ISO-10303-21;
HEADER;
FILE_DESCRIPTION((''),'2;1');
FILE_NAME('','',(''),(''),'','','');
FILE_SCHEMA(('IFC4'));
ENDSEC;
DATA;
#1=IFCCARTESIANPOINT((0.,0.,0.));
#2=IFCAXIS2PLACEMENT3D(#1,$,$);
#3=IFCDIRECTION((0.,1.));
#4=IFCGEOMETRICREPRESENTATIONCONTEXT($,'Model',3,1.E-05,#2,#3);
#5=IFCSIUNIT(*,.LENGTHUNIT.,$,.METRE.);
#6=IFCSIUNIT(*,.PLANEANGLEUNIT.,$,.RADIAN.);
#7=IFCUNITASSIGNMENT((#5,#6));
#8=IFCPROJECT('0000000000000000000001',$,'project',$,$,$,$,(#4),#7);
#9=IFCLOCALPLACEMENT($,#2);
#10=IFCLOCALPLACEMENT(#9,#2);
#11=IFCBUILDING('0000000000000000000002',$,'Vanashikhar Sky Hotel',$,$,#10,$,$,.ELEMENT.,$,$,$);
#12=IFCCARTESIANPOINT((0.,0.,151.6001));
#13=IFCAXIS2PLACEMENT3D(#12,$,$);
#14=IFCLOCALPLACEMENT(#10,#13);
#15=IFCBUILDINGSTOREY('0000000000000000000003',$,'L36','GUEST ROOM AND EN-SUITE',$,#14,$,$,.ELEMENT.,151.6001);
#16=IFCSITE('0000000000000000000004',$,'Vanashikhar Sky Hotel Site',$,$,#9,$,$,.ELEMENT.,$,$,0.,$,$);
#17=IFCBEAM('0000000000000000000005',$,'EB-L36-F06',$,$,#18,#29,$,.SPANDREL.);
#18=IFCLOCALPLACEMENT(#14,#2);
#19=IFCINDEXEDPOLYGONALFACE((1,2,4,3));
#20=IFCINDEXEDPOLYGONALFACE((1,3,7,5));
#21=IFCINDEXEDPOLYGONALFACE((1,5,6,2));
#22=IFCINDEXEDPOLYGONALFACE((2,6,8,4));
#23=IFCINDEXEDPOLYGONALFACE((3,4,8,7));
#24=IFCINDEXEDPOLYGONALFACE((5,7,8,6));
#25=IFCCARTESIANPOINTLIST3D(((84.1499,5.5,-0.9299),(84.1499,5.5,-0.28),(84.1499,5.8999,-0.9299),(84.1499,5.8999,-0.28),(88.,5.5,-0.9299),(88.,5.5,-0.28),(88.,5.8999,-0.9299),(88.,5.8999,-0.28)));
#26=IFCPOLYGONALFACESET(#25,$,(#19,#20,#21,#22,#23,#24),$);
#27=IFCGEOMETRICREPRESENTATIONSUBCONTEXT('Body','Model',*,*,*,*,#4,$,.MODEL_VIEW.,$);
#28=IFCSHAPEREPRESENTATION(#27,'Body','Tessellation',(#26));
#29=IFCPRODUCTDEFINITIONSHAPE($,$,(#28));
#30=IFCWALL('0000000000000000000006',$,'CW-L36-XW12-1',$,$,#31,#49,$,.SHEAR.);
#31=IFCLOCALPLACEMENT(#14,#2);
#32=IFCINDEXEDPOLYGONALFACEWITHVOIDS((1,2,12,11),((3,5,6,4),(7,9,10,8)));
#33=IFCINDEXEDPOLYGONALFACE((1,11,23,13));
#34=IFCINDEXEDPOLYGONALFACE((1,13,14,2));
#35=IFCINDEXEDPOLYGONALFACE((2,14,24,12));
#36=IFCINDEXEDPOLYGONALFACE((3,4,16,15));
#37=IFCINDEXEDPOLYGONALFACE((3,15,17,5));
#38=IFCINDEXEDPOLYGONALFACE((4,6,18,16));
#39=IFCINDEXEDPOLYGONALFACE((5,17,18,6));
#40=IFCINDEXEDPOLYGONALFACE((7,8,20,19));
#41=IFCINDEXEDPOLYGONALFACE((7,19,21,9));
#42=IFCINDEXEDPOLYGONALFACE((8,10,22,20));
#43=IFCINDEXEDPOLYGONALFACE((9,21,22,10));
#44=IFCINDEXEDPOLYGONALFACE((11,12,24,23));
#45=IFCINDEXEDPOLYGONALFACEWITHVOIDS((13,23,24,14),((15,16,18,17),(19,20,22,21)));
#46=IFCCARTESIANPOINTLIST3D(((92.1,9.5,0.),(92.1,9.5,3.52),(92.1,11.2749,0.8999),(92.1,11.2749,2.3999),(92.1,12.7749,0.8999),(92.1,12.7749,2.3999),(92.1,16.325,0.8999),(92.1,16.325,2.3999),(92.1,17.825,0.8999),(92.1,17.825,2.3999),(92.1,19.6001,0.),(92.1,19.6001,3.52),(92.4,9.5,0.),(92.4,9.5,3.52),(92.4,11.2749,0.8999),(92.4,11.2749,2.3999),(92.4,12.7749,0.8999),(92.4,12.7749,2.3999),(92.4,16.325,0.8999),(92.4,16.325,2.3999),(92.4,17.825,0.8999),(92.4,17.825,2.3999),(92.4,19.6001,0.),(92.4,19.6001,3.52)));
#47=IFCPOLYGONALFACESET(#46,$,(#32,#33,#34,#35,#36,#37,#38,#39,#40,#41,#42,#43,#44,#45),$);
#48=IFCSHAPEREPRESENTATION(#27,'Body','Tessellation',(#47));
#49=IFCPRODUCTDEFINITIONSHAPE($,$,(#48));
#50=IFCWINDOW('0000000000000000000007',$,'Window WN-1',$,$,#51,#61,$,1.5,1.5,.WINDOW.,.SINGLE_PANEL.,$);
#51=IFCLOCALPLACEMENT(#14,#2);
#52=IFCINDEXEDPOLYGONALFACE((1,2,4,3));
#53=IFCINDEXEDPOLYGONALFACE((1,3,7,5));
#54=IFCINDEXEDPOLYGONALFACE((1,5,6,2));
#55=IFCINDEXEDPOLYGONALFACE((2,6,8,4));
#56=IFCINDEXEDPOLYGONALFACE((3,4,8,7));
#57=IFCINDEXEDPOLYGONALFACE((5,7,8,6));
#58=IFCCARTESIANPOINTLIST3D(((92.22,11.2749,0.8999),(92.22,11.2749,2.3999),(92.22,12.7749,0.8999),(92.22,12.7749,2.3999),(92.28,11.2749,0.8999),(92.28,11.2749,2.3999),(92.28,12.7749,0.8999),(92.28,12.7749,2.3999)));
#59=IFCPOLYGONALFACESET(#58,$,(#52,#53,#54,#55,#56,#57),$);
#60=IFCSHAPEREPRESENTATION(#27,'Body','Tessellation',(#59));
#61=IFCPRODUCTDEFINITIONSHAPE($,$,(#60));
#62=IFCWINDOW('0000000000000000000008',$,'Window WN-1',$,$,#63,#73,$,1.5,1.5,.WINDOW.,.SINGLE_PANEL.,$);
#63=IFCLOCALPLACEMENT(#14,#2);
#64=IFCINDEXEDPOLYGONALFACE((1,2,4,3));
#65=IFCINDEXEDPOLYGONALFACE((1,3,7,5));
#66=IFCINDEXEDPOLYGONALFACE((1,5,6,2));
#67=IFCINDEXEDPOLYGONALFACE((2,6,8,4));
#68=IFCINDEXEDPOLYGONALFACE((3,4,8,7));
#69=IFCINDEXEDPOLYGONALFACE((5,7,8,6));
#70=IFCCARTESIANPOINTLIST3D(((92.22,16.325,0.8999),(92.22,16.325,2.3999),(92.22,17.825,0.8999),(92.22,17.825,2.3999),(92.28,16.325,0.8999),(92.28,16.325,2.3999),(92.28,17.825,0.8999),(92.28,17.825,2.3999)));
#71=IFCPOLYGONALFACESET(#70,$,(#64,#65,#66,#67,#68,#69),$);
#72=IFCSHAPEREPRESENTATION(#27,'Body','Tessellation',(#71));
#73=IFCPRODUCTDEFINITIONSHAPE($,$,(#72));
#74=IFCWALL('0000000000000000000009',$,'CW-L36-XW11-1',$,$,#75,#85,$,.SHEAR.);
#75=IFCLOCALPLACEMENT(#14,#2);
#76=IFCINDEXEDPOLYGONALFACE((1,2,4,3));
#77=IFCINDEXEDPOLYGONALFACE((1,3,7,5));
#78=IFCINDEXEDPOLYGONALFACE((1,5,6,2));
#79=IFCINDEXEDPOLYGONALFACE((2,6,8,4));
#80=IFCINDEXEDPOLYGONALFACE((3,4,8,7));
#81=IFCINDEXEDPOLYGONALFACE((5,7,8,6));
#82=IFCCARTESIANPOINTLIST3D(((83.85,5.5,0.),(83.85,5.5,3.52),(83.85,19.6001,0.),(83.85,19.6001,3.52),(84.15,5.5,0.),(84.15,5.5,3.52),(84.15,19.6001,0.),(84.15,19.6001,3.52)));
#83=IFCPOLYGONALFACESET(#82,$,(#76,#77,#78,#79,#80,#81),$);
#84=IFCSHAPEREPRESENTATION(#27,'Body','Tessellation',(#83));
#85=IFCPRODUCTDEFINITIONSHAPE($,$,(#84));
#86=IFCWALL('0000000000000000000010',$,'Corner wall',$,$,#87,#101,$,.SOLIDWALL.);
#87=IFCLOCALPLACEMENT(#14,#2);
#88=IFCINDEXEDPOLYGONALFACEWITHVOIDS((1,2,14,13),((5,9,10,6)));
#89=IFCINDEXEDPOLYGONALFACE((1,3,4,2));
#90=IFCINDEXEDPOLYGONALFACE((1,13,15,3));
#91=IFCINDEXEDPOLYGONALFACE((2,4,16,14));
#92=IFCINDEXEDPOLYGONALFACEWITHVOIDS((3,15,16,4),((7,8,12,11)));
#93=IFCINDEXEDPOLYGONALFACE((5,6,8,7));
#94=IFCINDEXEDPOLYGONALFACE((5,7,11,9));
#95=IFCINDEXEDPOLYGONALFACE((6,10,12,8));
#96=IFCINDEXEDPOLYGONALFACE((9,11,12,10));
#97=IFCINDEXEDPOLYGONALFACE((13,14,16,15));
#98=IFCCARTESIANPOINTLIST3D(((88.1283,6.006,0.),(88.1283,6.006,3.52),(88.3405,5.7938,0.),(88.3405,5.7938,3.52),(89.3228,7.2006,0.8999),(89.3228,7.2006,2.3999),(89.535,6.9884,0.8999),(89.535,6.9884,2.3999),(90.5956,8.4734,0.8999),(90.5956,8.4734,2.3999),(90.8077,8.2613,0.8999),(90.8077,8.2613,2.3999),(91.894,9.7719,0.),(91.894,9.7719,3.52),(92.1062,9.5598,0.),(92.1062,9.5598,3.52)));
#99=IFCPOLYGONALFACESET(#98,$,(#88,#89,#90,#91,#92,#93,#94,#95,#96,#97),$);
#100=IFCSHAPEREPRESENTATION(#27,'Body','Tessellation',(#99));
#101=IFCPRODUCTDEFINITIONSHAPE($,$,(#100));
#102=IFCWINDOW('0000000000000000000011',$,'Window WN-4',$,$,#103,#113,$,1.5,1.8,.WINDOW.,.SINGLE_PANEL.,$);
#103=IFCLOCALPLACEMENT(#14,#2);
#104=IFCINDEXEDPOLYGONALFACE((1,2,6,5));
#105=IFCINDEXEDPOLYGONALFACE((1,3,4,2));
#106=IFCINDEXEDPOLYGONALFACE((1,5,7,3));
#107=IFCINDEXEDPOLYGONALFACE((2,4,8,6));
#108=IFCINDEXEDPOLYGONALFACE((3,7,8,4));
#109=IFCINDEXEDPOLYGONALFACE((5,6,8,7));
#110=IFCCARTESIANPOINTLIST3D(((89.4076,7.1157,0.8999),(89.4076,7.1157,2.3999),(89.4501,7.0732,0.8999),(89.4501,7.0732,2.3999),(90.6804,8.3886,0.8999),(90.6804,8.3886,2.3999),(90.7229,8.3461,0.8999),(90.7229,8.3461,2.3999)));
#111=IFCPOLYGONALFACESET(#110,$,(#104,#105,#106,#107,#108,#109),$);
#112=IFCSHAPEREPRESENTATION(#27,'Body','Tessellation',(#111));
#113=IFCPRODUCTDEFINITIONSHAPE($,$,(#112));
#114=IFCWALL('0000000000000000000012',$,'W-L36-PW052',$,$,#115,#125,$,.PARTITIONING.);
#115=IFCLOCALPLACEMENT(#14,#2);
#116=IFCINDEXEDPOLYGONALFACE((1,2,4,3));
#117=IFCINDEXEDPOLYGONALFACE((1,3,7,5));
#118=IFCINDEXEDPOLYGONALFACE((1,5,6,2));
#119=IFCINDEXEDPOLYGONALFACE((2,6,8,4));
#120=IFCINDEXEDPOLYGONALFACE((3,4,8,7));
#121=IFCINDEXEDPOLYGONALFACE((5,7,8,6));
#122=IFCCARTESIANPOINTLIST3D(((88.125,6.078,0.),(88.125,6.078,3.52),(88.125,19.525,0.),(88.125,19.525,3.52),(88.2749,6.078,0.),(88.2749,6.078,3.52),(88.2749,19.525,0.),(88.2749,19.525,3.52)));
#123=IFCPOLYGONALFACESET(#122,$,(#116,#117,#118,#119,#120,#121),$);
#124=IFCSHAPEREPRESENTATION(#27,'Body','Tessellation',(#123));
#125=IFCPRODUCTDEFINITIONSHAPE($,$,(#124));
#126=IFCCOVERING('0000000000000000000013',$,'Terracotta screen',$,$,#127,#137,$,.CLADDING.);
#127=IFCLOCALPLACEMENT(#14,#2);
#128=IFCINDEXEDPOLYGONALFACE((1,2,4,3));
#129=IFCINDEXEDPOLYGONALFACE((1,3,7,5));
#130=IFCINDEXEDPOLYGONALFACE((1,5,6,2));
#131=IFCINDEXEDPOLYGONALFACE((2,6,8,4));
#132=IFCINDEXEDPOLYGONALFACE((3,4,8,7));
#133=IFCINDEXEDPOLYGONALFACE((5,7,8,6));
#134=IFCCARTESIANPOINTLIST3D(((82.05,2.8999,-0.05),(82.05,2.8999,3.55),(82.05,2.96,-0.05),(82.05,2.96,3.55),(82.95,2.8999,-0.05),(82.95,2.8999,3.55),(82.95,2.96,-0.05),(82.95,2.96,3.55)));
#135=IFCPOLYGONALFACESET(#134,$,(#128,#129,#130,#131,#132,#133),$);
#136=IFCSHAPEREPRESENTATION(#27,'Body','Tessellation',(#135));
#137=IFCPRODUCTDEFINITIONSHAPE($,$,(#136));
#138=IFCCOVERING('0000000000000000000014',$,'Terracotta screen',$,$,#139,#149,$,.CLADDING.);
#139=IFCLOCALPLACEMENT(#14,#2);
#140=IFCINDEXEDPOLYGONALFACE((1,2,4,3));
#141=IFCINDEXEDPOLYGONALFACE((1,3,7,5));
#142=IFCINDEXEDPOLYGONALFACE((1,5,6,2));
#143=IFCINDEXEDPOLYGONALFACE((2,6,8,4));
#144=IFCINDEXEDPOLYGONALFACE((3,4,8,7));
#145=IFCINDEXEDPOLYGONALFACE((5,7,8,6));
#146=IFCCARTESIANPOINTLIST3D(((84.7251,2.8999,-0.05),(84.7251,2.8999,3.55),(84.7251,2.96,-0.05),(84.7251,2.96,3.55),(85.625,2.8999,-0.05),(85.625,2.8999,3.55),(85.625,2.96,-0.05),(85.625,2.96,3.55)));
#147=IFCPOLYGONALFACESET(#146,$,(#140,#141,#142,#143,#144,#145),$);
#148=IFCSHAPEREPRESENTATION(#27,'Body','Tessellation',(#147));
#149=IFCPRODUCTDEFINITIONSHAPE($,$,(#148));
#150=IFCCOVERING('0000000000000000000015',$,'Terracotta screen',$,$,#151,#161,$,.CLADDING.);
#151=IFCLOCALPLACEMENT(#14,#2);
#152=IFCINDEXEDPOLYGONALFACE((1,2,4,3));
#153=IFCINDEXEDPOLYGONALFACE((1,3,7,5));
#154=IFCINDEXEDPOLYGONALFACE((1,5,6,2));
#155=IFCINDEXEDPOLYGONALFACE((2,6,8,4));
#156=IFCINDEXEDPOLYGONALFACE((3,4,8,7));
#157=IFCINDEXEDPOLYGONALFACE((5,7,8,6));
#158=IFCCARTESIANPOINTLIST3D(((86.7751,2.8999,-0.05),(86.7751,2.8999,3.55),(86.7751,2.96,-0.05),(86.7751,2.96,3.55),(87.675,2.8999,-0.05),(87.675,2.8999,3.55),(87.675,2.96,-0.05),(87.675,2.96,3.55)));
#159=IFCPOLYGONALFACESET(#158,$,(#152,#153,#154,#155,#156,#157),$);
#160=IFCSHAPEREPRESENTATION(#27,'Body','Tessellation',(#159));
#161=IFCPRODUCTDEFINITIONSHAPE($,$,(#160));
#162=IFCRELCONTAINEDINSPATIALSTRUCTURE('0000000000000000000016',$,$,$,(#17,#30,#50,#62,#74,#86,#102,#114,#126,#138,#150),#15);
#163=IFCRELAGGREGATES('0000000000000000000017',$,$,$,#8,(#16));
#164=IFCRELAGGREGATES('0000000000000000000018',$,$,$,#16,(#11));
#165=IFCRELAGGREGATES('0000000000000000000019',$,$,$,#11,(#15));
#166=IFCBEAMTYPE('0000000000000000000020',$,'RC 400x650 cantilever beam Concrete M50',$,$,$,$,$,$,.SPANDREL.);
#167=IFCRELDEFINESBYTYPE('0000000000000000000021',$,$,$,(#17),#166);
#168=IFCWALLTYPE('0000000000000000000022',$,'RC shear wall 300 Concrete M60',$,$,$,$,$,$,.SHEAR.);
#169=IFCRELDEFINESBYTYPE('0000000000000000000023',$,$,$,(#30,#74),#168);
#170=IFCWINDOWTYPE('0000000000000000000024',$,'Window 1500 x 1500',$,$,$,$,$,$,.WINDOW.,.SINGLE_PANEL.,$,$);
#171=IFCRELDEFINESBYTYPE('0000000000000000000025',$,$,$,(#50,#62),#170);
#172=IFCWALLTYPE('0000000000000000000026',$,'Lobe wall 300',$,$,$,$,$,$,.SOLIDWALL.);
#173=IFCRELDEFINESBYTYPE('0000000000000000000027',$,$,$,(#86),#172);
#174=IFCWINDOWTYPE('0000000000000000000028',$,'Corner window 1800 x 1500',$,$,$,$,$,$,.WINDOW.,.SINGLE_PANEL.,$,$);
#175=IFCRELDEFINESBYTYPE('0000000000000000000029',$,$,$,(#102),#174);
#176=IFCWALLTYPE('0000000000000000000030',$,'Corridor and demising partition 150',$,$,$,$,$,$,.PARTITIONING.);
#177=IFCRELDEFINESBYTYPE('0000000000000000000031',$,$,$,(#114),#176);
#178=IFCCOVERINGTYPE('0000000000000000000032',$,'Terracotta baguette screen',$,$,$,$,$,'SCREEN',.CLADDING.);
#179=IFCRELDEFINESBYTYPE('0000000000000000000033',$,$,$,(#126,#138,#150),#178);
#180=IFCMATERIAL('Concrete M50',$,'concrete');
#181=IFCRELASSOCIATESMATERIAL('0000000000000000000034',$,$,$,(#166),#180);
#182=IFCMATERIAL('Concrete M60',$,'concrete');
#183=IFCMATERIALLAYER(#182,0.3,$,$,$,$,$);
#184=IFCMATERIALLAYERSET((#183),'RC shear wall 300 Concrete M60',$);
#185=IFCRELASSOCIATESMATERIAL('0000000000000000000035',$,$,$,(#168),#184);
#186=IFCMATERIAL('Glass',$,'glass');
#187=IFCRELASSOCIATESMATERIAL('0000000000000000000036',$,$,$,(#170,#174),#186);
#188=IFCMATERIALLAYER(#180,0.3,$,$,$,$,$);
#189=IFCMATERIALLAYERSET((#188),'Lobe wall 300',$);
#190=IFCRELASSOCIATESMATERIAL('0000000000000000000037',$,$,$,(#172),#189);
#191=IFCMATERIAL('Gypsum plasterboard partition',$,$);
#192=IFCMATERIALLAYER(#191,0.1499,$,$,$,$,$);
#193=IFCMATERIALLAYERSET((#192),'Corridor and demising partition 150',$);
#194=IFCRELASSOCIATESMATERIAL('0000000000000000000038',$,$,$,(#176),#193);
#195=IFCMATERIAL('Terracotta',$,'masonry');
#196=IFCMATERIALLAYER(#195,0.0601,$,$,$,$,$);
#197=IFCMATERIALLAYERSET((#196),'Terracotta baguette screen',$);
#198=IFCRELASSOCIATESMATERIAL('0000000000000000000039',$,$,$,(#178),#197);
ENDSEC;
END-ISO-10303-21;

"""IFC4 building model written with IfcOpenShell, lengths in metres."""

from ifc_helpers import new_model, si_unit, direction, frame, frame_2d, origin, origin_2d, place, context, subcontext, project, spatial, rectangle, extrude, source, transform, mapped, material, layer, layer_set, material_profile, profile_set, type_object, element, fill, save


model = new_model("IFC4")

# Units and contexts
model_context = context("Model", 3, precision=1e-05, world=origin(), true_north=direction((0.0, 1.0)))
body_context = subcontext(model_context, "Body", "Model", "MODEL_VIEW")
ifc_project = project(units=[si_unit("LENGTHUNIT", "METRE"), si_unit("PLANEANGLEUNIT", "RADIAN")], contexts=[model_context])

# Site, building, storey
site_placement = place(None, origin())
site = spatial("IfcSite", under=ifc_project, at=site_placement, Name="Vanashikhar Sky Hotel Site", CompositionType="ELEMENT", RefElevation=0.0)
building_placement = place(site_placement, origin())
building = spatial("IfcBuilding", under=site, at=building_placement, Name="Vanashikhar Sky Hotel", CompositionType="ELEMENT")
storey_placement = place(building_placement, frame((0.0, 0.0, 151.6001)))
storey = spatial("IfcBuildingStorey", under=building, at=storey_placement, Name="L36", Description="GUEST ROOM AND EN-SUITE", CompositionType="ELEMENT", Elevation=151.6001)

# Beam
ifc_material_1 = material(Name="Concrete M50", Category="concrete")
ifc_material_profile = material_profile(ifc_material_1, rectangle(XDim=0.3999, YDim=0.6499, at=origin_2d()))
ifc_profile_set = profile_set([ifc_material_profile], Name="RC 400x650 cantilever beam Concrete M50")
beam_type = type_object("IfcBeamType", Name="RC 400x650 cantilever beam Concrete M50", PredefinedType="SPANDREL", material=ifc_profile_set)
shared_shape_1 = source(origin(), body_context, "Body", "SweptSolid", [
    extrude(rectangle(XDim=0.3999, YDim=0.6499, at=origin_2d()), origin(), (0.0, 0.0, 1.0), 3.8501),
])
beam_placement = place(storey_placement, frame((84.1499, 5.7, -0.605), z_axis=(1.0, 0.0, 0.0), x_axis=(0.0, 1.0, 0.0)))
element("IfcBeam", 1, at=beam_placement, inside=storey, type_object=beam_type, Name="EB-L36-F06", PredefinedType="SPANDREL", context=body_context, shape_type="MappedRepresentation", body=[
    mapped(shared_shape_1, transform((0.0, 0.0, 0.0), scale=1.0)),
])

# Wall, openings, windows
ifc_material_2 = material(Name="Concrete M60", Category="concrete")
ifc_layer_1 = layer(ifc_material_2, 0.3)
ifc_layer_set_1 = layer_set([ifc_layer_1], Name="RC shear wall 300 Concrete M60")
wall_type_1 = type_object("IfcWallType", Name="RC shear wall 300 Concrete M60", PredefinedType="SHEAR", material=ifc_layer_set_1)
shared_shape_2 = source(origin(), body_context, "Body", "SweptSolid", [
    extrude(rectangle(XDim=10.1001, YDim=0.3, at=frame_2d((5.05, 0.0))), origin(), (0.0, 0.0, 1.0), 3.52),
])
wall_1_placement = place(storey_placement, frame((92.25, 9.5, 0.0), z_axis=(0.0, 0.0, 1.0), x_axis=(0.0, 1.0, 0.0)))
wall_1 = element("IfcWall", 2, at=wall_1_placement, inside=storey, type_object=wall_type_1, Name="CW-L36-XW12-1", PredefinedType="SHEAR", context=body_context, shape_type="MappedRepresentation", body=[
    mapped(shared_shape_2, transform((0.0, 0.0, 0.0), scale=1.0)),
])
shared_shape_3 = source(origin(), body_context, "Body", "SweptSolid", [
    extrude(rectangle(XDim=1.5, YDim=1.5, at=frame_2d((0.75, 0.75))), frame((0.0, 0.1602, 0.0), z_axis=(0.0, -1.0, 0.0), x_axis=(1.0, 0.0, 0.0)), (0.0, 0.0, 1.0), 0.3201),
])
opening_1_placement = place(wall_1_placement, frame((1.7749, 0.0, 0.8999)))
opening_1 = element("IfcOpeningElement", 3, at=opening_1_placement, cuts=wall_1, PredefinedType="OPENING", context=body_context, shape_type="MappedRepresentation", body=[
    mapped(shared_shape_3, transform((0.0, 0.0, 0.0), scale=1.0)),
])
opening_2_placement = place(wall_1_placement, frame((6.825, 0.0, 0.8999)))
opening_2 = element("IfcOpeningElement", 4, at=opening_2_placement, cuts=wall_1, PredefinedType="OPENING", context=body_context, shape_type="MappedRepresentation", body=[
    mapped(shared_shape_3, transform((0.0, 0.0, 0.0), scale=1.0)),
])
ifc_material_3 = material(Name="Glass", Category="glass")
window_type_1 = type_object("IfcWindowType", Name="Window 1500 x 1500", PartitioningType="SINGLE_PANEL", PredefinedType="WINDOW", material=ifc_material_3)
shared_shape_4 = source(origin(), body_context, "Body", "SweptSolid", [
    extrude(rectangle(XDim=1.5, YDim=1.5, at=frame_2d((0.75, 0.75))), frame((0.0, 0.03, 0.0), z_axis=(0.0, -1.0, 0.0), x_axis=(1.0, 0.0, 0.0)), (0.0, 0.0, 1.0), 0.0601),
])
window_1_placement = place(opening_1_placement, origin())
window_1 = element("IfcWindow", 5, at=window_1_placement, inside=storey, type_object=window_type_1, Name="Window WN-1", OverallHeight=1.5, OverallWidth=1.5, PartitioningType="SINGLE_PANEL", PredefinedType="WINDOW", context=body_context, shape_type="MappedRepresentation", body=[
    mapped(shared_shape_4, transform((0.0, 0.0, 0.0), scale=1.0)),
])
fill(opening_1, window_1)
window_2_placement = place(opening_2_placement, origin())
window_2 = element("IfcWindow", 6, at=window_2_placement, inside=storey, type_object=window_type_1, Name="Window WN-1", OverallHeight=1.5, OverallWidth=1.5, PartitioningType="SINGLE_PANEL", PredefinedType="WINDOW", context=body_context, shape_type="MappedRepresentation", body=[
    mapped(shared_shape_4, transform((0.0, 0.0, 0.0), scale=1.0)),
])
fill(opening_2, window_2)

# Wall
shared_shape_5 = source(origin(), body_context, "Body", "SweptSolid", [
    extrude(rectangle(XDim=14.1001, YDim=0.3, at=frame_2d((7.05, 0.0))), origin(), (0.0, 0.0, 1.0), 3.52),
])
wall_2_placement = place(storey_placement, frame((84.0, 5.5, 0.0), z_axis=(0.0, 0.0, 1.0), x_axis=(0.0, 1.0, 0.0)))
element("IfcWall", 7, at=wall_2_placement, inside=storey, type_object=wall_type_1, Name="CW-L36-XW11-1", PredefinedType="SHEAR", context=body_context, shape_type="MappedRepresentation", body=[
    mapped(shared_shape_5, transform((0.0, 0.0, 0.0), scale=1.0)),
])

# Wall, opening, window
ifc_layer_2 = layer(ifc_material_1, 0.3)
ifc_layer_set_2 = layer_set([ifc_layer_2], Name="Lobe wall 300")
wall_type_2 = type_object("IfcWallType", Name="Lobe wall 300", PredefinedType="SOLIDWALL", material=ifc_layer_set_2)
shared_shape_6 = source(origin(), body_context, "Body", "SweptSolid", [
    extrude(rectangle(XDim=5.3257, YDim=0.3, at=frame_2d((2.6628, 0.0))), origin(), (0.0, 0.0, 1.0), 3.52),
])
wall_3_placement = place(storey_placement, frame((88.2344, 5.8999, 0.0), z_axis=(0.0, 0.0, 1.0), x_axis=(0.707084, 0.70713, 0.0)))
wall_3 = element("IfcWall", 8, at=wall_3_placement, inside=storey, type_object=wall_type_2, Name="Corner wall", PredefinedType="SOLIDWALL", context=body_context, shape_type="MappedRepresentation", body=[
    mapped(shared_shape_6, transform((0.0, 0.0, 0.0), scale=1.0)),
])
shared_shape_7 = source(origin(), body_context, "Body", "SweptSolid", [
    extrude(rectangle(XDim=1.8, YDim=1.5, at=frame_2d((0.8999, 0.75))), frame((0.0, 0.1602, 0.0), z_axis=(0.0, -1.0, 0.0), x_axis=(1.0, 0.0, 0.0)), (0.0, 0.0, 1.0), 0.3201),
])
opening_3_placement = place(wall_3_placement, frame((1.6895, 0.0, 0.8999)))
opening_3 = element("IfcOpeningElement", 9, at=opening_3_placement, cuts=wall_3, PredefinedType="OPENING", context=body_context, shape_type="MappedRepresentation", body=[
    mapped(shared_shape_7, transform((0.0, 0.0, 0.0), scale=1.0)),
])
window_type_2 = type_object("IfcWindowType", Name="Corner window 1800 x 1500", PartitioningType="SINGLE_PANEL", PredefinedType="WINDOW", material=ifc_material_3)
shared_shape_8 = source(origin(), body_context, "Body", "SweptSolid", [
    extrude(rectangle(XDim=1.8, YDim=1.5, at=frame_2d((0.8999, 0.75))), frame((0.0, 0.03, 0.0), z_axis=(0.0, -1.0, 0.0), x_axis=(1.0, 0.0, 0.0)), (0.0, 0.0, 1.0), 0.0601),
])
window_3_placement = place(opening_3_placement, origin())
window_3 = element("IfcWindow", 10, at=window_3_placement, inside=storey, type_object=window_type_2, Name="Window WN-4", OverallHeight=1.5, OverallWidth=1.8, PartitioningType="SINGLE_PANEL", PredefinedType="WINDOW", context=body_context, shape_type="MappedRepresentation", body=[
    mapped(shared_shape_8, transform((0.0, 0.0, 0.0), scale=1.0)),
])
fill(opening_3, window_3)

# Wall
ifc_material_4 = material(Name="Gypsum plasterboard partition")
ifc_layer_3 = layer(ifc_material_4, 0.1499)
ifc_layer_set_3 = layer_set([ifc_layer_3], Name="Corridor and demising partition 150")
wall_type_3 = type_object("IfcWallType", Name="Corridor and demising partition 150", PredefinedType="PARTITIONING", material=ifc_layer_set_3)
shared_shape_9 = source(origin(), body_context, "Body", "SweptSolid", [
    extrude(rectangle(XDim=13.447, YDim=0.1499, at=frame_2d((6.7236, 0.0))), origin(), (0.0, 0.0, 1.0), 3.52),
])
wall_4_placement = place(storey_placement, frame((88.2, 6.0779, 0.0), z_axis=(0.0, 0.0, 1.0), x_axis=(0.0, 1.0, 0.0)))
element("IfcWall", 11, at=wall_4_placement, inside=storey, type_object=wall_type_3, Name="W-L36-PW052", PredefinedType="PARTITIONING", context=body_context, shape_type="MappedRepresentation", body=[
    mapped(shared_shape_9, transform((0.0, 0.0, 0.0), scale=1.0)),
])

# Coverings
ifc_material_5 = material(Name="Terracotta", Category="masonry")
ifc_layer_4 = layer(ifc_material_5, 0.0601)
ifc_layer_set_4 = layer_set([ifc_layer_4], Name="Terracotta baguette screen")
covering_type = type_object("IfcCoveringType", Name="Terracotta baguette screen", ElementType="SCREEN", PredefinedType="CLADDING", material=ifc_layer_set_4)
shared_shape_10 = source(origin(), body_context, "Body", "SweptSolid", [
    extrude(rectangle(XDim=0.8999, YDim=0.0601, at=origin_2d()), origin(), (0.0, 0.0, 1.0), 3.6001),
])
for number, where, z_axis, x_axis, name in (
    (12, (82.5, 2.9299, -0.05), (0.0, 0.0, 1.0), (1.0, 0.0, 0.0), "Terracotta screen"),
    (13, (85.175, 2.9299, -0.05), (0.0, 0.0, 1.0), (1.0, 0.0, 0.0), "Terracotta screen"),
    (14, (87.2251, 2.9299, -0.05), (0.0, 0.0, 1.0), (1.0, 0.0, 0.0), "Terracotta screen"),
):
    element("IfcCovering", number, at=place(storey_placement, frame(where, z_axis=z_axis, x_axis=x_axis)), inside=storey, type_object=covering_type, Name=name, PredefinedType="CLADDING", context=body_context, shape_type="MappedRepresentation", body=[
        mapped(shared_shape_10, transform((0.0, 0.0, 0.0), scale=1.0)),
    ])

save(model, "model.ifc")
